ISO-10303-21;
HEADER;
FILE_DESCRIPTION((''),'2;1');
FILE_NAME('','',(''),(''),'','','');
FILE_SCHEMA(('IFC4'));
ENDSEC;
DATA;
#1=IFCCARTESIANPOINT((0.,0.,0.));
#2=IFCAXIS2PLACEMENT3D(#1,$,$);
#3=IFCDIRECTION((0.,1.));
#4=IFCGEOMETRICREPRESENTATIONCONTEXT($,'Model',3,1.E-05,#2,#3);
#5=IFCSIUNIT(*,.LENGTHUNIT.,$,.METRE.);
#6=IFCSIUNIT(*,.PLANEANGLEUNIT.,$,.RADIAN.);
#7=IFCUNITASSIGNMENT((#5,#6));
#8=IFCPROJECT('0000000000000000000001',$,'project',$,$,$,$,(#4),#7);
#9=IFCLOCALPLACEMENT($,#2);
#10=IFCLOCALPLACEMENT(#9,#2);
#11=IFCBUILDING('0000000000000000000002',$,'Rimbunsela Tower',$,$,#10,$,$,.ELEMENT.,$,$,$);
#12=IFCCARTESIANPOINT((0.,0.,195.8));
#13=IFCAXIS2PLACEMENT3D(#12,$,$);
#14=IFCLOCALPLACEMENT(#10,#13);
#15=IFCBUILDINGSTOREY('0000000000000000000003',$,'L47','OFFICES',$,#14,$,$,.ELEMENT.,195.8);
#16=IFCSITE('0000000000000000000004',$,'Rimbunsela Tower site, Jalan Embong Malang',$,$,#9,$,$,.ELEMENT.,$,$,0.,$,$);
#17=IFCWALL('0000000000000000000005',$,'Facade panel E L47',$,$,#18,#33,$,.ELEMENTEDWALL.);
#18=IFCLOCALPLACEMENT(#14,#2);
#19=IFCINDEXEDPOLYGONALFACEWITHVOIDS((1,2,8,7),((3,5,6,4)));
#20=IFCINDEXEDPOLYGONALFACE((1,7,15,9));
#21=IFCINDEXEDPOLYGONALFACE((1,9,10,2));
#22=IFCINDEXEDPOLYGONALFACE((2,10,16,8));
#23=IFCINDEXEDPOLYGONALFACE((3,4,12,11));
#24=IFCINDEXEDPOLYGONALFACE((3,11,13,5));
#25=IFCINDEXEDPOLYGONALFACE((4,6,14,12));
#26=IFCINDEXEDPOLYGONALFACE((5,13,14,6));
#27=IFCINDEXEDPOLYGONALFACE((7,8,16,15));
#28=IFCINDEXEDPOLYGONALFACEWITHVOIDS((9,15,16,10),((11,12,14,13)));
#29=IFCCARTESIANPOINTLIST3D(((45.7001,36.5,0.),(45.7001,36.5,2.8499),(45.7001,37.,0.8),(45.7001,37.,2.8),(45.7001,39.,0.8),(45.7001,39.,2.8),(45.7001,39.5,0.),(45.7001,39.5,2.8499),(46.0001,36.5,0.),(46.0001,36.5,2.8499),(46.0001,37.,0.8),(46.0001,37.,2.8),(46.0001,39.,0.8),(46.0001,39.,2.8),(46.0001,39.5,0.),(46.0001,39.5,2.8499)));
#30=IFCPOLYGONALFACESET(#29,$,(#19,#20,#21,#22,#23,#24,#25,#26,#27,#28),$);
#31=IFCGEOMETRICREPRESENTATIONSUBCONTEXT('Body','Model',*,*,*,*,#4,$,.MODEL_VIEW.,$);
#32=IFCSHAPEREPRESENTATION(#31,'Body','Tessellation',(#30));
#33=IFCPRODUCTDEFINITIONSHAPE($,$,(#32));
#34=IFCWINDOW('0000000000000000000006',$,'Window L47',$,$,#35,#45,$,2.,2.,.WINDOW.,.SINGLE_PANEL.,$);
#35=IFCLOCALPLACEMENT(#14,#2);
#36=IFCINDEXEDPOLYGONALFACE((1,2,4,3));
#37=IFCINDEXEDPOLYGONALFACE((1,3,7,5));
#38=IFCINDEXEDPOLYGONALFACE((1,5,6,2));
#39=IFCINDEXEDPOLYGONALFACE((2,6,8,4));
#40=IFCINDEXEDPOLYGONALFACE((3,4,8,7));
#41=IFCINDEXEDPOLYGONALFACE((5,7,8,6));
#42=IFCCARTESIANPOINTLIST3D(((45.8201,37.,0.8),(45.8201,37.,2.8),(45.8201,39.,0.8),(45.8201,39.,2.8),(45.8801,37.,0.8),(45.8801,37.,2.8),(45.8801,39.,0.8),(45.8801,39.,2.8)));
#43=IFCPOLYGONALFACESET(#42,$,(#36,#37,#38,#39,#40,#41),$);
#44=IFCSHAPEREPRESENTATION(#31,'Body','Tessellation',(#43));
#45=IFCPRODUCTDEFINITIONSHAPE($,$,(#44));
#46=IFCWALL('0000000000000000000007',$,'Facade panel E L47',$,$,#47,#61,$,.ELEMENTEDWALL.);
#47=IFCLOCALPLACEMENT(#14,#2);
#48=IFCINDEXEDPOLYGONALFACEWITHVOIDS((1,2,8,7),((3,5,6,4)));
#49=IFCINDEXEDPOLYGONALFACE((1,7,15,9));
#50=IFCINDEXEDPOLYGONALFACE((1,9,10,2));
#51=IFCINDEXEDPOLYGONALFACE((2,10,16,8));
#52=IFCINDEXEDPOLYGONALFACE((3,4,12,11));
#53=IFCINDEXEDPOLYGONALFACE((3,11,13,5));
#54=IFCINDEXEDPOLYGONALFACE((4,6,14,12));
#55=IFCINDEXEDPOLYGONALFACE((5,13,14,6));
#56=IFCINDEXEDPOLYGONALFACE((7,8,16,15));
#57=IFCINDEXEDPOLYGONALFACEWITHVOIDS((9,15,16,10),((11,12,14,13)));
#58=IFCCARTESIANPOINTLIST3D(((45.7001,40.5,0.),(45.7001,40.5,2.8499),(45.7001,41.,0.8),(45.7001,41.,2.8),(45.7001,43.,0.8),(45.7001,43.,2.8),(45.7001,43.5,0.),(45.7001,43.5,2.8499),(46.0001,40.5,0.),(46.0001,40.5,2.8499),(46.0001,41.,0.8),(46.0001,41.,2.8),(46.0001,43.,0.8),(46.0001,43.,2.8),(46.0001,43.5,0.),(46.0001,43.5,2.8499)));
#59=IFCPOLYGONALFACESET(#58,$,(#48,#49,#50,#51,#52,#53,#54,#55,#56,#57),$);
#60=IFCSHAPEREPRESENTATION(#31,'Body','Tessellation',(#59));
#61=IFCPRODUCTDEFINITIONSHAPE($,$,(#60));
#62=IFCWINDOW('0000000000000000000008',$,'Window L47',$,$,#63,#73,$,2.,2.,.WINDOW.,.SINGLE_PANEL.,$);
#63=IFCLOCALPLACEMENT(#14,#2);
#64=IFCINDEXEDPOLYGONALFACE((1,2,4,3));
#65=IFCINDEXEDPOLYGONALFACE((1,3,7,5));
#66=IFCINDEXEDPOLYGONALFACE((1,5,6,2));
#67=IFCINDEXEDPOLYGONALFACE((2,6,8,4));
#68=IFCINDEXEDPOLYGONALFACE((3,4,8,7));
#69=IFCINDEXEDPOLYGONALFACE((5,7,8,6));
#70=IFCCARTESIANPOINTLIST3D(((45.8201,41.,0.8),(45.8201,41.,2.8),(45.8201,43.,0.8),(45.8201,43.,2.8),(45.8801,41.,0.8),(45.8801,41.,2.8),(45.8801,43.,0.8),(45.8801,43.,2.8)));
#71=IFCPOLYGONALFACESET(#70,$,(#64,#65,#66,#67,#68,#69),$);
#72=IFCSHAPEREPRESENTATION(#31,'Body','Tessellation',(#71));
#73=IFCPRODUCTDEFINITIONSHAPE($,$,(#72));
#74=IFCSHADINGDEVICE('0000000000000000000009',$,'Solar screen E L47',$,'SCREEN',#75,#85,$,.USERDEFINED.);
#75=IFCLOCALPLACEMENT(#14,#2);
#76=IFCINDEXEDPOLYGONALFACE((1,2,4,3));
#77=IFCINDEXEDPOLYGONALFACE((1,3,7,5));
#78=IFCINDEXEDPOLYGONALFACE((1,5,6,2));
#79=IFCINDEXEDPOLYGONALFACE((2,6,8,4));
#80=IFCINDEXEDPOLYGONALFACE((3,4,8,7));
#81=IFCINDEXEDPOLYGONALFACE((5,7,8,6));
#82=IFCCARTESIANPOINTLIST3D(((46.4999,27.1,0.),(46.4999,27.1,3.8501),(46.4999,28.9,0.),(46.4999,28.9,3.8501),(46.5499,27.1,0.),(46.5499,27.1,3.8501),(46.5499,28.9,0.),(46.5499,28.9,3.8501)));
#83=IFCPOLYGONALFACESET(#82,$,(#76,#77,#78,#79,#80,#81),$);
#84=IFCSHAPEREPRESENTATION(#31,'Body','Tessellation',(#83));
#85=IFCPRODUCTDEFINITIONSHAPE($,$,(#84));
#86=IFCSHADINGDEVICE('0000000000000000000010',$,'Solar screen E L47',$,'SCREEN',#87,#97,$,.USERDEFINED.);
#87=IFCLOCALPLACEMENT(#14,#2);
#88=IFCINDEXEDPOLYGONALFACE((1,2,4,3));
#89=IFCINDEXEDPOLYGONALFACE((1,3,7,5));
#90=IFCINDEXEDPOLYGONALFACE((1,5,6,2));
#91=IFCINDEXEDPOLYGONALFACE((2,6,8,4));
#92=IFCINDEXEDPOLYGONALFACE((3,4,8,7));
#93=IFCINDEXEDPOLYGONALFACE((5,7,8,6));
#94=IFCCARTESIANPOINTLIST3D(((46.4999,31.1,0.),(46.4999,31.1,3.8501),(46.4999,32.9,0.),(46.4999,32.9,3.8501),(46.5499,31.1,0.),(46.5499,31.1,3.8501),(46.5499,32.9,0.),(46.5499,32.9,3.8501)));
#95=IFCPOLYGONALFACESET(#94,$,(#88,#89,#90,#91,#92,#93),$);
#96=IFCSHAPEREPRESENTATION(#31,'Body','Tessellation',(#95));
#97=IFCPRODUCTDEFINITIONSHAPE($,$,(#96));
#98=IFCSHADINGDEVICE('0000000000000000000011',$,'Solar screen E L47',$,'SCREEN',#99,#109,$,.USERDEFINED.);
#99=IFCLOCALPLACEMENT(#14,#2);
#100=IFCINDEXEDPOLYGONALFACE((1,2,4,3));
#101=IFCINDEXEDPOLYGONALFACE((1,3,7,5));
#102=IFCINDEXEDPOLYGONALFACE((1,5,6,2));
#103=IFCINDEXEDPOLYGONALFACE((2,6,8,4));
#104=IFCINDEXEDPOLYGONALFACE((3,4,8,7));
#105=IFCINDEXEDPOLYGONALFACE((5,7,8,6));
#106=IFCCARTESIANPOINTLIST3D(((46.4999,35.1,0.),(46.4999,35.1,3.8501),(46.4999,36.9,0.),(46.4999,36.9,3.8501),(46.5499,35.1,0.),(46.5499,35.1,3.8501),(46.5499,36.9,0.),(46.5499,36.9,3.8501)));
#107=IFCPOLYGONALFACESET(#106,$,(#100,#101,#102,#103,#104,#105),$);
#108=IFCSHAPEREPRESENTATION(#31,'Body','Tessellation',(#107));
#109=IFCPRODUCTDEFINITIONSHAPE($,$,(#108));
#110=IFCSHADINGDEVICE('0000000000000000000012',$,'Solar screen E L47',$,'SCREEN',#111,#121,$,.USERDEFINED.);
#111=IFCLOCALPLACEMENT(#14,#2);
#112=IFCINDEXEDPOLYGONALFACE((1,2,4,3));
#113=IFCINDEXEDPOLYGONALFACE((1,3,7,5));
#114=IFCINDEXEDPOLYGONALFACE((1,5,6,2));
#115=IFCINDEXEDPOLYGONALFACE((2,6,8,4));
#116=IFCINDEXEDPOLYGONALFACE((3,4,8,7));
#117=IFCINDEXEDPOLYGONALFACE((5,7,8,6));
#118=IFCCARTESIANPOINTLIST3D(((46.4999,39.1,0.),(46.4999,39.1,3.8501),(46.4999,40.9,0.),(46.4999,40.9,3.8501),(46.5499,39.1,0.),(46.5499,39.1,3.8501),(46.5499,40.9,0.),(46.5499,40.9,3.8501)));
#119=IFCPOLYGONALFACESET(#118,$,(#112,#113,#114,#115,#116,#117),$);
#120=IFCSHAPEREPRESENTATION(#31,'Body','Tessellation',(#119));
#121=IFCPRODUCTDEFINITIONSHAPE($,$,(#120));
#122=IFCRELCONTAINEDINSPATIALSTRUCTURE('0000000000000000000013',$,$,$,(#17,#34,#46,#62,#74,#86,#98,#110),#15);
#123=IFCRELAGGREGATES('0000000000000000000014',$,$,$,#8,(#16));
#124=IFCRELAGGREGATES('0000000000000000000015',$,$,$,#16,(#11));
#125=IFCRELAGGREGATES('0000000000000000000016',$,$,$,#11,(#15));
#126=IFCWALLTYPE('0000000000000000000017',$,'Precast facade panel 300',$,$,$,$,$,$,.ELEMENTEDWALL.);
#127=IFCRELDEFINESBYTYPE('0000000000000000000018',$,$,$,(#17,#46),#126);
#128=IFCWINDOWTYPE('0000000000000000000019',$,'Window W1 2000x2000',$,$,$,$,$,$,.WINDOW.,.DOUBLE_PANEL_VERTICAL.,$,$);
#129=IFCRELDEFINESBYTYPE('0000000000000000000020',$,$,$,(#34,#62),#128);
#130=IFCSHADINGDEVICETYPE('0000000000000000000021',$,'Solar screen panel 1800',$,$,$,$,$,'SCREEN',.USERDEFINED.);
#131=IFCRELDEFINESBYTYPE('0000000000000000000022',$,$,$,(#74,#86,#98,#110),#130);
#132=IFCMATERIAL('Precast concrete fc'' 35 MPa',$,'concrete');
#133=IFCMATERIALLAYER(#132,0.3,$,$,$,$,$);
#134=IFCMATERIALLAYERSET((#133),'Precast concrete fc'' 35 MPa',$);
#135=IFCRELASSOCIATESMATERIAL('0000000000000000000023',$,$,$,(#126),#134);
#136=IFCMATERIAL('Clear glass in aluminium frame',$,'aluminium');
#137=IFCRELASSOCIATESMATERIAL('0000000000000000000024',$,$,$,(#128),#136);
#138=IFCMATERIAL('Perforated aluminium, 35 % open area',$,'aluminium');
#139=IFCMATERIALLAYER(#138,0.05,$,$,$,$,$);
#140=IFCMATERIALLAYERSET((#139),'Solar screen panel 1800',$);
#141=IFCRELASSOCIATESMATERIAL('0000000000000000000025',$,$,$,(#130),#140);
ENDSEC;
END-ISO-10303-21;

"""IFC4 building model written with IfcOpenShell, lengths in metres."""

from ifc_helpers import new_model, si_unit, direction, frame, frame_2d, origin, origin_2d, place, context, subcontext, project, spatial, rectangle, extrude, material, layer, layer_set, type_object, element, fill, save


model = new_model("IFC4")

# Units and contexts
model_context = context("Model", 3, precision=1e-05, world=origin(), true_north=direction((0.0, 1.0)))
body_context = subcontext(model_context, "Body", "Model", "MODEL_VIEW")
ifc_project = project(units=[si_unit("LENGTHUNIT", "METRE"), si_unit("PLANEANGLEUNIT", "RADIAN")], contexts=[model_context])

# Site, building, storey
site_placement = place(None, origin())
site = spatial("IfcSite", under=ifc_project, at=site_placement, Name="Rimbunsela Tower site, Jalan Embong Malang", CompositionType="ELEMENT", RefElevation=0.0)
building_placement = place(site_placement, origin())
building = spatial("IfcBuilding", under=site, at=building_placement, Name="Rimbunsela Tower", CompositionType="ELEMENT")
storey_placement = place(building_placement, frame((0.0, 0.0, 195.8)))
storey = spatial("IfcBuildingStorey", under=building, at=storey_placement, Name="L47", Description="OFFICES", CompositionType="ELEMENT", Elevation=195.8)

# Walls, openings, windows
ifc_material_1 = material(Name="Precast concrete fc' 35 MPa", Category="concrete")
ifc_layer_1 = layer(ifc_material_1, 0.3)
ifc_layer_set_1 = layer_set([ifc_layer_1], Name="Precast concrete fc' 35 MPa")
wall_type_1 = type_object("IfcWallType", Name="Precast facade panel 300", PredefinedType="ELEMENTEDWALL", material=ifc_layer_set_1)
ifc_material_2 = material(Name="Clear glass in aluminium frame", Category="aluminium")
window_type = type_object("IfcWindowType", Name="Window W1 2000x2000", PartitioningType="DOUBLE_PANEL_VERTICAL", PredefinedType="WINDOW", material=ifc_material_2)
wall_1_placement = place(storey_placement, frame((45.8501, 36.5, 0.0), z_axis=(0.0, 0.0, 1.0), x_axis=(0.0, 1.0, 0.0)))
wall_1 = element("IfcWall", 1, at=wall_1_placement, inside=storey, type_object=wall_type_1, Name="Facade panel E L47", PredefinedType="ELEMENTEDWALL", context=body_context, shape_type="SweptSolid", body=[
    extrude(rectangle(XDim=3.0, YDim=0.3, at=frame_2d((1.5, 0.0))), origin(), (0.0, 0.0, 1.0), 2.8499),
])
opening_1_placement = place(wall_1_placement, frame((0.5, 0.0, 0.8)))
opening_1 = element("IfcOpeningElement", 2, at=opening_1_placement, cuts=wall_1, PredefinedType="OPENING", context=body_context, shape_type="SweptSolid", body=[
    extrude(rectangle(XDim=2.0, YDim=2.0, at=frame_2d((1.0, 1.0))), frame((0.0, 0.1599, 0.0), z_axis=(0.0, -1.0, 0.0), x_axis=(1.0, 0.0, 0.0)), (0.0, 0.0, 1.0), 0.3201),
])
window_1_placement = place(opening_1_placement, origin())
window_1 = element("IfcWindow", 3, at=window_1_placement, inside=storey, type_object=window_type, Name="Window L47", OverallHeight=2.0, OverallWidth=2.0, PartitioningType="SINGLE_PANEL", PredefinedType="WINDOW", context=body_context, shape_type="SweptSolid", body=[
    extrude(rectangle(XDim=2.0, YDim=2.0, at=frame_2d((1.0, 1.0))), frame((0.0, 0.03, 0.0), z_axis=(0.0, -1.0, 0.0), x_axis=(1.0, 0.0, 0.0)), (0.0, 0.0, 1.0), 0.0601),
])
fill(opening_1, window_1)
wall_2_placement = place(storey_placement, frame((45.8501, 40.5, 0.0), z_axis=(0.0, 0.0, 1.0), x_axis=(0.0, 1.0, 0.0)))
wall_2 = element("IfcWall", 4, at=wall_2_placement, inside=storey, type_object=wall_type_1, Name="Facade panel E L47", PredefinedType="ELEMENTEDWALL", context=body_context, shape_type="SweptSolid", body=[
    extrude(rectangle(XDim=3.0, YDim=0.3, at=frame_2d((1.5, 0.0))), origin(), (0.0, 0.0, 1.0), 2.8499),
])
opening_2_placement = place(wall_2_placement, frame((0.5, 0.0, 0.8)))
opening_2 = element("IfcOpeningElement", 5, at=opening_2_placement, cuts=wall_2, PredefinedType="OPENING", context=body_context, shape_type="SweptSolid", body=[
    extrude(rectangle(XDim=2.0, YDim=2.0, at=frame_2d((1.0, 1.0))), frame((0.0, 0.1599, 0.0), z_axis=(0.0, -1.0, 0.0), x_axis=(1.0, 0.0, 0.0)), (0.0, 0.0, 1.0), 0.3201),
])
window_2_placement = place(opening_2_placement, origin())
window_2 = element("IfcWindow", 6, at=window_2_placement, inside=storey, type_object=window_type, Name="Window L47", OverallHeight=2.0, OverallWidth=2.0, PartitioningType="SINGLE_PANEL", PredefinedType="WINDOW", context=body_context, shape_type="SweptSolid", body=[
    extrude(rectangle(XDim=2.0, YDim=2.0, at=frame_2d((1.0, 1.0))), frame((0.0, 0.03, 0.0), z_axis=(0.0, -1.0, 0.0), x_axis=(1.0, 0.0, 0.0)), (0.0, 0.0, 1.0), 0.0601),
])
fill(opening_2, window_2)

# Shading devices
ifc_material_3 = material(Name="Perforated aluminium, 35 % open area", Category="aluminium")
ifc_layer_2 = layer(ifc_material_3, 0.05)
ifc_layer_set_2 = layer_set([ifc_layer_2], Name="Solar screen panel 1800")
shading_device_type = type_object("IfcShadingDeviceType", Name="Solar screen panel 1800", ElementType="SCREEN", PredefinedType="USERDEFINED", material=ifc_layer_set_2)
for number, where, z_axis, x_axis, name in (
    (7, (46.5249, 28.0, 0.0), (0.0, 0.0, 1.0), (0.0, 1.0, 0.0), "Solar screen E L47"),
    (8, (46.5249, 32.0, 0.0), (0.0, 0.0, 1.0), (0.0, 1.0, 0.0), "Solar screen E L47"),
    (9, (46.5249, 36.0, 0.0), (0.0, 0.0, 1.0), (0.0, 1.0, 0.0), "Solar screen E L47"),
    (10, (46.5249, 40.0, 0.0), (0.0, 0.0, 1.0), (0.0, 1.0, 0.0), "Solar screen E L47"),
):
    element("IfcShadingDevice", number, at=place(storey_placement, frame(where, z_axis=z_axis, x_axis=x_axis)), inside=storey, type_object=shading_device_type, Name=name, ObjectType="SCREEN", PredefinedType="USERDEFINED", context=body_context, shape_type="SweptSolid", body=[
        extrude(rectangle(XDim=1.8, YDim=0.05, at=origin_2d()), origin(), (0.0, 0.0, 1.0), 3.8501),
    ])

save(model, "model.ifc")
